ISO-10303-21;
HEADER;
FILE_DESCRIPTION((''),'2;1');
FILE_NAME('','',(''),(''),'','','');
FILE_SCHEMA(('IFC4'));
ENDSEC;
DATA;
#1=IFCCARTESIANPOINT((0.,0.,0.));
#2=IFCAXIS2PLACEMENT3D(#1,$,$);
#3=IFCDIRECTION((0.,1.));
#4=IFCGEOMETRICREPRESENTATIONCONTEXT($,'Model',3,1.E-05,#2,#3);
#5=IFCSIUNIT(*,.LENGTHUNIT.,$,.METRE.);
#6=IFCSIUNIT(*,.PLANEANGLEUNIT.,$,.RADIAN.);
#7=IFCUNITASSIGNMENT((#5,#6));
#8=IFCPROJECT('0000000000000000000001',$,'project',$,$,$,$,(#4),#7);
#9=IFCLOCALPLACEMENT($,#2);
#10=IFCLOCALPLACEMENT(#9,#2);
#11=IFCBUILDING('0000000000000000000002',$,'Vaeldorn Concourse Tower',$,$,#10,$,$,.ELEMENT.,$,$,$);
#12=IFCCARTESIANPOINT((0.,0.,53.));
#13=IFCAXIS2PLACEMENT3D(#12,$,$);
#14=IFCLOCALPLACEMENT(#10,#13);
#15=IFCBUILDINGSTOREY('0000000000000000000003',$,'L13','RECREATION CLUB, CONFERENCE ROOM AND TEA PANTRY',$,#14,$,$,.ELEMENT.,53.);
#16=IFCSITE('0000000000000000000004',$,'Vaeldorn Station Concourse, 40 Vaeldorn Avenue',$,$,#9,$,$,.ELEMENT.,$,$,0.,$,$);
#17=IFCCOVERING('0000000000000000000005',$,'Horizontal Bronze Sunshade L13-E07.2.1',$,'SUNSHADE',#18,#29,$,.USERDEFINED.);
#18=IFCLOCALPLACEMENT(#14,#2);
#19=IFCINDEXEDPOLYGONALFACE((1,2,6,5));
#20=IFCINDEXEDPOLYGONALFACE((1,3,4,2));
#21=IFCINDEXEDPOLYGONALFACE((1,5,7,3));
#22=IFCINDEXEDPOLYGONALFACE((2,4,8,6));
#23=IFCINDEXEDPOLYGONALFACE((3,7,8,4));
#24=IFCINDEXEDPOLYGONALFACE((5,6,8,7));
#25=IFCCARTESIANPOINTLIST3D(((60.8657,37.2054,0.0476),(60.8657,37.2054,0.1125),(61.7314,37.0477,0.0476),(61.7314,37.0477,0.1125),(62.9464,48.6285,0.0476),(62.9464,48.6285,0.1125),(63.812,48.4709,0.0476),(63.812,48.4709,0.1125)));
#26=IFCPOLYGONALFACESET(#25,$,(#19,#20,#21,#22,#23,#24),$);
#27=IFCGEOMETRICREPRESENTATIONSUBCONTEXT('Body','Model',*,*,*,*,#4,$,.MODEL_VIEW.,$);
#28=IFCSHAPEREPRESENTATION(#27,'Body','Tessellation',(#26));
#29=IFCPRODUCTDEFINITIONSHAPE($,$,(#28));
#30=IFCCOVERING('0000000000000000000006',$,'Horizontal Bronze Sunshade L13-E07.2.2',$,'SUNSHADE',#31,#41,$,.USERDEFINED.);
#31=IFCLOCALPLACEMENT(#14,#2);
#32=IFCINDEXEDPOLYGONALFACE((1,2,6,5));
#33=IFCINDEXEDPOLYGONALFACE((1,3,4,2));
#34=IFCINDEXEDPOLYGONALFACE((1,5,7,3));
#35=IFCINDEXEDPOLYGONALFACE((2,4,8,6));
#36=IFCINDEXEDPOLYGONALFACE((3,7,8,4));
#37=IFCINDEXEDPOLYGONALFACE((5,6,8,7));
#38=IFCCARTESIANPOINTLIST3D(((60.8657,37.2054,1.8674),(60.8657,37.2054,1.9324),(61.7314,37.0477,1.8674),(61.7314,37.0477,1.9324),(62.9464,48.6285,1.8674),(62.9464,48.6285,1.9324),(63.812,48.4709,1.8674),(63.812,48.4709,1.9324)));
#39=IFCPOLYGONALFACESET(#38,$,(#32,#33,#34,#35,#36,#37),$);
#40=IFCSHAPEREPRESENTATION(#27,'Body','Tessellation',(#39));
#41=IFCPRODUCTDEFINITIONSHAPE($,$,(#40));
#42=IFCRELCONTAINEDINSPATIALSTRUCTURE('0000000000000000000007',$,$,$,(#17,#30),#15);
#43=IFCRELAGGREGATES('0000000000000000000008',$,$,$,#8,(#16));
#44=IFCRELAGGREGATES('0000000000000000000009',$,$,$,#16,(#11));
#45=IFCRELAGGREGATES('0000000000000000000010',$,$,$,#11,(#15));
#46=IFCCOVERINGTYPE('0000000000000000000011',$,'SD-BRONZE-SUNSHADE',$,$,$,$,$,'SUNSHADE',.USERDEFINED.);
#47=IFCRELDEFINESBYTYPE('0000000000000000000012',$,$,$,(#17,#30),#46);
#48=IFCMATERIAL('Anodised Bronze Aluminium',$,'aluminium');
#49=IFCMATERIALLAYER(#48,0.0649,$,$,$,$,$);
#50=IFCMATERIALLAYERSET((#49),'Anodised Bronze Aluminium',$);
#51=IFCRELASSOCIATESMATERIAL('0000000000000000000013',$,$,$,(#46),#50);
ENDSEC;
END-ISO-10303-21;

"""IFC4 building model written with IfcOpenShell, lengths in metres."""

from ifc_helpers import new_model, si_unit, direction, frame, origin, origin_2d, place, context, subcontext, project, spatial, rectangle, extrude, source, transform, mapped, material, layer, layer_set, type_object, element, save


model = new_model("IFC4")

# Units and contexts
model_context = context("Model", 3, precision=1e-05, world=origin(), true_north=direction((0.0, 1.0)))
body_context = subcontext(model_context, "Body", "Model", "MODEL_VIEW")
ifc_project = project(units=[si_unit("LENGTHUNIT", "METRE"), si_unit("PLANEANGLEUNIT", "RADIAN")], contexts=[model_context])

# Site, building, storey
site_placement = place(None, origin())
site = spatial("IfcSite", under=ifc_project, at=site_placement, Name="Vaeldorn Station Concourse, 40 Vaeldorn Avenue", CompositionType="ELEMENT", RefElevation=0.0)
building_placement = place(site_placement, origin())
building = spatial("IfcBuilding", under=site, at=building_placement, Name="Vaeldorn Concourse Tower", CompositionType="ELEMENT")
storey_placement = place(building_placement, frame((0.0, 0.0, 53.0)))
storey = spatial("IfcBuildingStorey", under=building, at=storey_placement, Name="L13", Description="RECREATION CLUB, CONFERENCE ROOM AND TEA PANTRY", CompositionType="ELEMENT", Elevation=53.0)

# Shared definitions
ifc_material_1 = material(Name="Anodised Bronze Aluminium", Category="aluminium")

# Coverings
ifc_layer_1 = layer(ifc_material_1, 0.0649)
ifc_layer_set_1 = layer_set([ifc_layer_1], Name="Anodised Bronze Aluminium")
covering_type = type_object("IfcCoveringType", Name="SD-BRONZE-SUNSHADE", ElementType="SUNSHADE", PredefinedType="USERDEFINED", material=ifc_layer_set_1)
shared_shape_1 = source(origin(), body_context, "Body", "SweptSolid", [
    extrude(rectangle(XDim=11.6111, YDim=0.8799, at=origin_2d()), origin(), (0.0, 0.0, 1.0), 0.0649),
])
for number, where, z_axis, x_axis, name in (
    (1, (62.3389, 42.8381, 0.0476), (0.0, 0.0, 1.0), (0.179197, 0.983813, 0.0), "Horizontal Bronze Sunshade L13-E07.2.1"),
    (2, (62.3389, 42.8381, 1.8674), (0.0, 0.0, 1.0), (0.179197, 0.983813, 0.0), "Horizontal Bronze Sunshade L13-E07.2.2"),
):
    element("IfcCovering", number, at=place(storey_placement, frame(where, z_axis=z_axis, x_axis=x_axis)), inside=storey, type_object=covering_type, Name=name, ObjectType="SUNSHADE", PredefinedType="USERDEFINED", context=body_context, shape_type="MappedRepresentation", body=[
        mapped(shared_shape_1, transform((0.0, 0.0, 0.0), scale=1.0)),
    ])

save(model, "model.ifc")
